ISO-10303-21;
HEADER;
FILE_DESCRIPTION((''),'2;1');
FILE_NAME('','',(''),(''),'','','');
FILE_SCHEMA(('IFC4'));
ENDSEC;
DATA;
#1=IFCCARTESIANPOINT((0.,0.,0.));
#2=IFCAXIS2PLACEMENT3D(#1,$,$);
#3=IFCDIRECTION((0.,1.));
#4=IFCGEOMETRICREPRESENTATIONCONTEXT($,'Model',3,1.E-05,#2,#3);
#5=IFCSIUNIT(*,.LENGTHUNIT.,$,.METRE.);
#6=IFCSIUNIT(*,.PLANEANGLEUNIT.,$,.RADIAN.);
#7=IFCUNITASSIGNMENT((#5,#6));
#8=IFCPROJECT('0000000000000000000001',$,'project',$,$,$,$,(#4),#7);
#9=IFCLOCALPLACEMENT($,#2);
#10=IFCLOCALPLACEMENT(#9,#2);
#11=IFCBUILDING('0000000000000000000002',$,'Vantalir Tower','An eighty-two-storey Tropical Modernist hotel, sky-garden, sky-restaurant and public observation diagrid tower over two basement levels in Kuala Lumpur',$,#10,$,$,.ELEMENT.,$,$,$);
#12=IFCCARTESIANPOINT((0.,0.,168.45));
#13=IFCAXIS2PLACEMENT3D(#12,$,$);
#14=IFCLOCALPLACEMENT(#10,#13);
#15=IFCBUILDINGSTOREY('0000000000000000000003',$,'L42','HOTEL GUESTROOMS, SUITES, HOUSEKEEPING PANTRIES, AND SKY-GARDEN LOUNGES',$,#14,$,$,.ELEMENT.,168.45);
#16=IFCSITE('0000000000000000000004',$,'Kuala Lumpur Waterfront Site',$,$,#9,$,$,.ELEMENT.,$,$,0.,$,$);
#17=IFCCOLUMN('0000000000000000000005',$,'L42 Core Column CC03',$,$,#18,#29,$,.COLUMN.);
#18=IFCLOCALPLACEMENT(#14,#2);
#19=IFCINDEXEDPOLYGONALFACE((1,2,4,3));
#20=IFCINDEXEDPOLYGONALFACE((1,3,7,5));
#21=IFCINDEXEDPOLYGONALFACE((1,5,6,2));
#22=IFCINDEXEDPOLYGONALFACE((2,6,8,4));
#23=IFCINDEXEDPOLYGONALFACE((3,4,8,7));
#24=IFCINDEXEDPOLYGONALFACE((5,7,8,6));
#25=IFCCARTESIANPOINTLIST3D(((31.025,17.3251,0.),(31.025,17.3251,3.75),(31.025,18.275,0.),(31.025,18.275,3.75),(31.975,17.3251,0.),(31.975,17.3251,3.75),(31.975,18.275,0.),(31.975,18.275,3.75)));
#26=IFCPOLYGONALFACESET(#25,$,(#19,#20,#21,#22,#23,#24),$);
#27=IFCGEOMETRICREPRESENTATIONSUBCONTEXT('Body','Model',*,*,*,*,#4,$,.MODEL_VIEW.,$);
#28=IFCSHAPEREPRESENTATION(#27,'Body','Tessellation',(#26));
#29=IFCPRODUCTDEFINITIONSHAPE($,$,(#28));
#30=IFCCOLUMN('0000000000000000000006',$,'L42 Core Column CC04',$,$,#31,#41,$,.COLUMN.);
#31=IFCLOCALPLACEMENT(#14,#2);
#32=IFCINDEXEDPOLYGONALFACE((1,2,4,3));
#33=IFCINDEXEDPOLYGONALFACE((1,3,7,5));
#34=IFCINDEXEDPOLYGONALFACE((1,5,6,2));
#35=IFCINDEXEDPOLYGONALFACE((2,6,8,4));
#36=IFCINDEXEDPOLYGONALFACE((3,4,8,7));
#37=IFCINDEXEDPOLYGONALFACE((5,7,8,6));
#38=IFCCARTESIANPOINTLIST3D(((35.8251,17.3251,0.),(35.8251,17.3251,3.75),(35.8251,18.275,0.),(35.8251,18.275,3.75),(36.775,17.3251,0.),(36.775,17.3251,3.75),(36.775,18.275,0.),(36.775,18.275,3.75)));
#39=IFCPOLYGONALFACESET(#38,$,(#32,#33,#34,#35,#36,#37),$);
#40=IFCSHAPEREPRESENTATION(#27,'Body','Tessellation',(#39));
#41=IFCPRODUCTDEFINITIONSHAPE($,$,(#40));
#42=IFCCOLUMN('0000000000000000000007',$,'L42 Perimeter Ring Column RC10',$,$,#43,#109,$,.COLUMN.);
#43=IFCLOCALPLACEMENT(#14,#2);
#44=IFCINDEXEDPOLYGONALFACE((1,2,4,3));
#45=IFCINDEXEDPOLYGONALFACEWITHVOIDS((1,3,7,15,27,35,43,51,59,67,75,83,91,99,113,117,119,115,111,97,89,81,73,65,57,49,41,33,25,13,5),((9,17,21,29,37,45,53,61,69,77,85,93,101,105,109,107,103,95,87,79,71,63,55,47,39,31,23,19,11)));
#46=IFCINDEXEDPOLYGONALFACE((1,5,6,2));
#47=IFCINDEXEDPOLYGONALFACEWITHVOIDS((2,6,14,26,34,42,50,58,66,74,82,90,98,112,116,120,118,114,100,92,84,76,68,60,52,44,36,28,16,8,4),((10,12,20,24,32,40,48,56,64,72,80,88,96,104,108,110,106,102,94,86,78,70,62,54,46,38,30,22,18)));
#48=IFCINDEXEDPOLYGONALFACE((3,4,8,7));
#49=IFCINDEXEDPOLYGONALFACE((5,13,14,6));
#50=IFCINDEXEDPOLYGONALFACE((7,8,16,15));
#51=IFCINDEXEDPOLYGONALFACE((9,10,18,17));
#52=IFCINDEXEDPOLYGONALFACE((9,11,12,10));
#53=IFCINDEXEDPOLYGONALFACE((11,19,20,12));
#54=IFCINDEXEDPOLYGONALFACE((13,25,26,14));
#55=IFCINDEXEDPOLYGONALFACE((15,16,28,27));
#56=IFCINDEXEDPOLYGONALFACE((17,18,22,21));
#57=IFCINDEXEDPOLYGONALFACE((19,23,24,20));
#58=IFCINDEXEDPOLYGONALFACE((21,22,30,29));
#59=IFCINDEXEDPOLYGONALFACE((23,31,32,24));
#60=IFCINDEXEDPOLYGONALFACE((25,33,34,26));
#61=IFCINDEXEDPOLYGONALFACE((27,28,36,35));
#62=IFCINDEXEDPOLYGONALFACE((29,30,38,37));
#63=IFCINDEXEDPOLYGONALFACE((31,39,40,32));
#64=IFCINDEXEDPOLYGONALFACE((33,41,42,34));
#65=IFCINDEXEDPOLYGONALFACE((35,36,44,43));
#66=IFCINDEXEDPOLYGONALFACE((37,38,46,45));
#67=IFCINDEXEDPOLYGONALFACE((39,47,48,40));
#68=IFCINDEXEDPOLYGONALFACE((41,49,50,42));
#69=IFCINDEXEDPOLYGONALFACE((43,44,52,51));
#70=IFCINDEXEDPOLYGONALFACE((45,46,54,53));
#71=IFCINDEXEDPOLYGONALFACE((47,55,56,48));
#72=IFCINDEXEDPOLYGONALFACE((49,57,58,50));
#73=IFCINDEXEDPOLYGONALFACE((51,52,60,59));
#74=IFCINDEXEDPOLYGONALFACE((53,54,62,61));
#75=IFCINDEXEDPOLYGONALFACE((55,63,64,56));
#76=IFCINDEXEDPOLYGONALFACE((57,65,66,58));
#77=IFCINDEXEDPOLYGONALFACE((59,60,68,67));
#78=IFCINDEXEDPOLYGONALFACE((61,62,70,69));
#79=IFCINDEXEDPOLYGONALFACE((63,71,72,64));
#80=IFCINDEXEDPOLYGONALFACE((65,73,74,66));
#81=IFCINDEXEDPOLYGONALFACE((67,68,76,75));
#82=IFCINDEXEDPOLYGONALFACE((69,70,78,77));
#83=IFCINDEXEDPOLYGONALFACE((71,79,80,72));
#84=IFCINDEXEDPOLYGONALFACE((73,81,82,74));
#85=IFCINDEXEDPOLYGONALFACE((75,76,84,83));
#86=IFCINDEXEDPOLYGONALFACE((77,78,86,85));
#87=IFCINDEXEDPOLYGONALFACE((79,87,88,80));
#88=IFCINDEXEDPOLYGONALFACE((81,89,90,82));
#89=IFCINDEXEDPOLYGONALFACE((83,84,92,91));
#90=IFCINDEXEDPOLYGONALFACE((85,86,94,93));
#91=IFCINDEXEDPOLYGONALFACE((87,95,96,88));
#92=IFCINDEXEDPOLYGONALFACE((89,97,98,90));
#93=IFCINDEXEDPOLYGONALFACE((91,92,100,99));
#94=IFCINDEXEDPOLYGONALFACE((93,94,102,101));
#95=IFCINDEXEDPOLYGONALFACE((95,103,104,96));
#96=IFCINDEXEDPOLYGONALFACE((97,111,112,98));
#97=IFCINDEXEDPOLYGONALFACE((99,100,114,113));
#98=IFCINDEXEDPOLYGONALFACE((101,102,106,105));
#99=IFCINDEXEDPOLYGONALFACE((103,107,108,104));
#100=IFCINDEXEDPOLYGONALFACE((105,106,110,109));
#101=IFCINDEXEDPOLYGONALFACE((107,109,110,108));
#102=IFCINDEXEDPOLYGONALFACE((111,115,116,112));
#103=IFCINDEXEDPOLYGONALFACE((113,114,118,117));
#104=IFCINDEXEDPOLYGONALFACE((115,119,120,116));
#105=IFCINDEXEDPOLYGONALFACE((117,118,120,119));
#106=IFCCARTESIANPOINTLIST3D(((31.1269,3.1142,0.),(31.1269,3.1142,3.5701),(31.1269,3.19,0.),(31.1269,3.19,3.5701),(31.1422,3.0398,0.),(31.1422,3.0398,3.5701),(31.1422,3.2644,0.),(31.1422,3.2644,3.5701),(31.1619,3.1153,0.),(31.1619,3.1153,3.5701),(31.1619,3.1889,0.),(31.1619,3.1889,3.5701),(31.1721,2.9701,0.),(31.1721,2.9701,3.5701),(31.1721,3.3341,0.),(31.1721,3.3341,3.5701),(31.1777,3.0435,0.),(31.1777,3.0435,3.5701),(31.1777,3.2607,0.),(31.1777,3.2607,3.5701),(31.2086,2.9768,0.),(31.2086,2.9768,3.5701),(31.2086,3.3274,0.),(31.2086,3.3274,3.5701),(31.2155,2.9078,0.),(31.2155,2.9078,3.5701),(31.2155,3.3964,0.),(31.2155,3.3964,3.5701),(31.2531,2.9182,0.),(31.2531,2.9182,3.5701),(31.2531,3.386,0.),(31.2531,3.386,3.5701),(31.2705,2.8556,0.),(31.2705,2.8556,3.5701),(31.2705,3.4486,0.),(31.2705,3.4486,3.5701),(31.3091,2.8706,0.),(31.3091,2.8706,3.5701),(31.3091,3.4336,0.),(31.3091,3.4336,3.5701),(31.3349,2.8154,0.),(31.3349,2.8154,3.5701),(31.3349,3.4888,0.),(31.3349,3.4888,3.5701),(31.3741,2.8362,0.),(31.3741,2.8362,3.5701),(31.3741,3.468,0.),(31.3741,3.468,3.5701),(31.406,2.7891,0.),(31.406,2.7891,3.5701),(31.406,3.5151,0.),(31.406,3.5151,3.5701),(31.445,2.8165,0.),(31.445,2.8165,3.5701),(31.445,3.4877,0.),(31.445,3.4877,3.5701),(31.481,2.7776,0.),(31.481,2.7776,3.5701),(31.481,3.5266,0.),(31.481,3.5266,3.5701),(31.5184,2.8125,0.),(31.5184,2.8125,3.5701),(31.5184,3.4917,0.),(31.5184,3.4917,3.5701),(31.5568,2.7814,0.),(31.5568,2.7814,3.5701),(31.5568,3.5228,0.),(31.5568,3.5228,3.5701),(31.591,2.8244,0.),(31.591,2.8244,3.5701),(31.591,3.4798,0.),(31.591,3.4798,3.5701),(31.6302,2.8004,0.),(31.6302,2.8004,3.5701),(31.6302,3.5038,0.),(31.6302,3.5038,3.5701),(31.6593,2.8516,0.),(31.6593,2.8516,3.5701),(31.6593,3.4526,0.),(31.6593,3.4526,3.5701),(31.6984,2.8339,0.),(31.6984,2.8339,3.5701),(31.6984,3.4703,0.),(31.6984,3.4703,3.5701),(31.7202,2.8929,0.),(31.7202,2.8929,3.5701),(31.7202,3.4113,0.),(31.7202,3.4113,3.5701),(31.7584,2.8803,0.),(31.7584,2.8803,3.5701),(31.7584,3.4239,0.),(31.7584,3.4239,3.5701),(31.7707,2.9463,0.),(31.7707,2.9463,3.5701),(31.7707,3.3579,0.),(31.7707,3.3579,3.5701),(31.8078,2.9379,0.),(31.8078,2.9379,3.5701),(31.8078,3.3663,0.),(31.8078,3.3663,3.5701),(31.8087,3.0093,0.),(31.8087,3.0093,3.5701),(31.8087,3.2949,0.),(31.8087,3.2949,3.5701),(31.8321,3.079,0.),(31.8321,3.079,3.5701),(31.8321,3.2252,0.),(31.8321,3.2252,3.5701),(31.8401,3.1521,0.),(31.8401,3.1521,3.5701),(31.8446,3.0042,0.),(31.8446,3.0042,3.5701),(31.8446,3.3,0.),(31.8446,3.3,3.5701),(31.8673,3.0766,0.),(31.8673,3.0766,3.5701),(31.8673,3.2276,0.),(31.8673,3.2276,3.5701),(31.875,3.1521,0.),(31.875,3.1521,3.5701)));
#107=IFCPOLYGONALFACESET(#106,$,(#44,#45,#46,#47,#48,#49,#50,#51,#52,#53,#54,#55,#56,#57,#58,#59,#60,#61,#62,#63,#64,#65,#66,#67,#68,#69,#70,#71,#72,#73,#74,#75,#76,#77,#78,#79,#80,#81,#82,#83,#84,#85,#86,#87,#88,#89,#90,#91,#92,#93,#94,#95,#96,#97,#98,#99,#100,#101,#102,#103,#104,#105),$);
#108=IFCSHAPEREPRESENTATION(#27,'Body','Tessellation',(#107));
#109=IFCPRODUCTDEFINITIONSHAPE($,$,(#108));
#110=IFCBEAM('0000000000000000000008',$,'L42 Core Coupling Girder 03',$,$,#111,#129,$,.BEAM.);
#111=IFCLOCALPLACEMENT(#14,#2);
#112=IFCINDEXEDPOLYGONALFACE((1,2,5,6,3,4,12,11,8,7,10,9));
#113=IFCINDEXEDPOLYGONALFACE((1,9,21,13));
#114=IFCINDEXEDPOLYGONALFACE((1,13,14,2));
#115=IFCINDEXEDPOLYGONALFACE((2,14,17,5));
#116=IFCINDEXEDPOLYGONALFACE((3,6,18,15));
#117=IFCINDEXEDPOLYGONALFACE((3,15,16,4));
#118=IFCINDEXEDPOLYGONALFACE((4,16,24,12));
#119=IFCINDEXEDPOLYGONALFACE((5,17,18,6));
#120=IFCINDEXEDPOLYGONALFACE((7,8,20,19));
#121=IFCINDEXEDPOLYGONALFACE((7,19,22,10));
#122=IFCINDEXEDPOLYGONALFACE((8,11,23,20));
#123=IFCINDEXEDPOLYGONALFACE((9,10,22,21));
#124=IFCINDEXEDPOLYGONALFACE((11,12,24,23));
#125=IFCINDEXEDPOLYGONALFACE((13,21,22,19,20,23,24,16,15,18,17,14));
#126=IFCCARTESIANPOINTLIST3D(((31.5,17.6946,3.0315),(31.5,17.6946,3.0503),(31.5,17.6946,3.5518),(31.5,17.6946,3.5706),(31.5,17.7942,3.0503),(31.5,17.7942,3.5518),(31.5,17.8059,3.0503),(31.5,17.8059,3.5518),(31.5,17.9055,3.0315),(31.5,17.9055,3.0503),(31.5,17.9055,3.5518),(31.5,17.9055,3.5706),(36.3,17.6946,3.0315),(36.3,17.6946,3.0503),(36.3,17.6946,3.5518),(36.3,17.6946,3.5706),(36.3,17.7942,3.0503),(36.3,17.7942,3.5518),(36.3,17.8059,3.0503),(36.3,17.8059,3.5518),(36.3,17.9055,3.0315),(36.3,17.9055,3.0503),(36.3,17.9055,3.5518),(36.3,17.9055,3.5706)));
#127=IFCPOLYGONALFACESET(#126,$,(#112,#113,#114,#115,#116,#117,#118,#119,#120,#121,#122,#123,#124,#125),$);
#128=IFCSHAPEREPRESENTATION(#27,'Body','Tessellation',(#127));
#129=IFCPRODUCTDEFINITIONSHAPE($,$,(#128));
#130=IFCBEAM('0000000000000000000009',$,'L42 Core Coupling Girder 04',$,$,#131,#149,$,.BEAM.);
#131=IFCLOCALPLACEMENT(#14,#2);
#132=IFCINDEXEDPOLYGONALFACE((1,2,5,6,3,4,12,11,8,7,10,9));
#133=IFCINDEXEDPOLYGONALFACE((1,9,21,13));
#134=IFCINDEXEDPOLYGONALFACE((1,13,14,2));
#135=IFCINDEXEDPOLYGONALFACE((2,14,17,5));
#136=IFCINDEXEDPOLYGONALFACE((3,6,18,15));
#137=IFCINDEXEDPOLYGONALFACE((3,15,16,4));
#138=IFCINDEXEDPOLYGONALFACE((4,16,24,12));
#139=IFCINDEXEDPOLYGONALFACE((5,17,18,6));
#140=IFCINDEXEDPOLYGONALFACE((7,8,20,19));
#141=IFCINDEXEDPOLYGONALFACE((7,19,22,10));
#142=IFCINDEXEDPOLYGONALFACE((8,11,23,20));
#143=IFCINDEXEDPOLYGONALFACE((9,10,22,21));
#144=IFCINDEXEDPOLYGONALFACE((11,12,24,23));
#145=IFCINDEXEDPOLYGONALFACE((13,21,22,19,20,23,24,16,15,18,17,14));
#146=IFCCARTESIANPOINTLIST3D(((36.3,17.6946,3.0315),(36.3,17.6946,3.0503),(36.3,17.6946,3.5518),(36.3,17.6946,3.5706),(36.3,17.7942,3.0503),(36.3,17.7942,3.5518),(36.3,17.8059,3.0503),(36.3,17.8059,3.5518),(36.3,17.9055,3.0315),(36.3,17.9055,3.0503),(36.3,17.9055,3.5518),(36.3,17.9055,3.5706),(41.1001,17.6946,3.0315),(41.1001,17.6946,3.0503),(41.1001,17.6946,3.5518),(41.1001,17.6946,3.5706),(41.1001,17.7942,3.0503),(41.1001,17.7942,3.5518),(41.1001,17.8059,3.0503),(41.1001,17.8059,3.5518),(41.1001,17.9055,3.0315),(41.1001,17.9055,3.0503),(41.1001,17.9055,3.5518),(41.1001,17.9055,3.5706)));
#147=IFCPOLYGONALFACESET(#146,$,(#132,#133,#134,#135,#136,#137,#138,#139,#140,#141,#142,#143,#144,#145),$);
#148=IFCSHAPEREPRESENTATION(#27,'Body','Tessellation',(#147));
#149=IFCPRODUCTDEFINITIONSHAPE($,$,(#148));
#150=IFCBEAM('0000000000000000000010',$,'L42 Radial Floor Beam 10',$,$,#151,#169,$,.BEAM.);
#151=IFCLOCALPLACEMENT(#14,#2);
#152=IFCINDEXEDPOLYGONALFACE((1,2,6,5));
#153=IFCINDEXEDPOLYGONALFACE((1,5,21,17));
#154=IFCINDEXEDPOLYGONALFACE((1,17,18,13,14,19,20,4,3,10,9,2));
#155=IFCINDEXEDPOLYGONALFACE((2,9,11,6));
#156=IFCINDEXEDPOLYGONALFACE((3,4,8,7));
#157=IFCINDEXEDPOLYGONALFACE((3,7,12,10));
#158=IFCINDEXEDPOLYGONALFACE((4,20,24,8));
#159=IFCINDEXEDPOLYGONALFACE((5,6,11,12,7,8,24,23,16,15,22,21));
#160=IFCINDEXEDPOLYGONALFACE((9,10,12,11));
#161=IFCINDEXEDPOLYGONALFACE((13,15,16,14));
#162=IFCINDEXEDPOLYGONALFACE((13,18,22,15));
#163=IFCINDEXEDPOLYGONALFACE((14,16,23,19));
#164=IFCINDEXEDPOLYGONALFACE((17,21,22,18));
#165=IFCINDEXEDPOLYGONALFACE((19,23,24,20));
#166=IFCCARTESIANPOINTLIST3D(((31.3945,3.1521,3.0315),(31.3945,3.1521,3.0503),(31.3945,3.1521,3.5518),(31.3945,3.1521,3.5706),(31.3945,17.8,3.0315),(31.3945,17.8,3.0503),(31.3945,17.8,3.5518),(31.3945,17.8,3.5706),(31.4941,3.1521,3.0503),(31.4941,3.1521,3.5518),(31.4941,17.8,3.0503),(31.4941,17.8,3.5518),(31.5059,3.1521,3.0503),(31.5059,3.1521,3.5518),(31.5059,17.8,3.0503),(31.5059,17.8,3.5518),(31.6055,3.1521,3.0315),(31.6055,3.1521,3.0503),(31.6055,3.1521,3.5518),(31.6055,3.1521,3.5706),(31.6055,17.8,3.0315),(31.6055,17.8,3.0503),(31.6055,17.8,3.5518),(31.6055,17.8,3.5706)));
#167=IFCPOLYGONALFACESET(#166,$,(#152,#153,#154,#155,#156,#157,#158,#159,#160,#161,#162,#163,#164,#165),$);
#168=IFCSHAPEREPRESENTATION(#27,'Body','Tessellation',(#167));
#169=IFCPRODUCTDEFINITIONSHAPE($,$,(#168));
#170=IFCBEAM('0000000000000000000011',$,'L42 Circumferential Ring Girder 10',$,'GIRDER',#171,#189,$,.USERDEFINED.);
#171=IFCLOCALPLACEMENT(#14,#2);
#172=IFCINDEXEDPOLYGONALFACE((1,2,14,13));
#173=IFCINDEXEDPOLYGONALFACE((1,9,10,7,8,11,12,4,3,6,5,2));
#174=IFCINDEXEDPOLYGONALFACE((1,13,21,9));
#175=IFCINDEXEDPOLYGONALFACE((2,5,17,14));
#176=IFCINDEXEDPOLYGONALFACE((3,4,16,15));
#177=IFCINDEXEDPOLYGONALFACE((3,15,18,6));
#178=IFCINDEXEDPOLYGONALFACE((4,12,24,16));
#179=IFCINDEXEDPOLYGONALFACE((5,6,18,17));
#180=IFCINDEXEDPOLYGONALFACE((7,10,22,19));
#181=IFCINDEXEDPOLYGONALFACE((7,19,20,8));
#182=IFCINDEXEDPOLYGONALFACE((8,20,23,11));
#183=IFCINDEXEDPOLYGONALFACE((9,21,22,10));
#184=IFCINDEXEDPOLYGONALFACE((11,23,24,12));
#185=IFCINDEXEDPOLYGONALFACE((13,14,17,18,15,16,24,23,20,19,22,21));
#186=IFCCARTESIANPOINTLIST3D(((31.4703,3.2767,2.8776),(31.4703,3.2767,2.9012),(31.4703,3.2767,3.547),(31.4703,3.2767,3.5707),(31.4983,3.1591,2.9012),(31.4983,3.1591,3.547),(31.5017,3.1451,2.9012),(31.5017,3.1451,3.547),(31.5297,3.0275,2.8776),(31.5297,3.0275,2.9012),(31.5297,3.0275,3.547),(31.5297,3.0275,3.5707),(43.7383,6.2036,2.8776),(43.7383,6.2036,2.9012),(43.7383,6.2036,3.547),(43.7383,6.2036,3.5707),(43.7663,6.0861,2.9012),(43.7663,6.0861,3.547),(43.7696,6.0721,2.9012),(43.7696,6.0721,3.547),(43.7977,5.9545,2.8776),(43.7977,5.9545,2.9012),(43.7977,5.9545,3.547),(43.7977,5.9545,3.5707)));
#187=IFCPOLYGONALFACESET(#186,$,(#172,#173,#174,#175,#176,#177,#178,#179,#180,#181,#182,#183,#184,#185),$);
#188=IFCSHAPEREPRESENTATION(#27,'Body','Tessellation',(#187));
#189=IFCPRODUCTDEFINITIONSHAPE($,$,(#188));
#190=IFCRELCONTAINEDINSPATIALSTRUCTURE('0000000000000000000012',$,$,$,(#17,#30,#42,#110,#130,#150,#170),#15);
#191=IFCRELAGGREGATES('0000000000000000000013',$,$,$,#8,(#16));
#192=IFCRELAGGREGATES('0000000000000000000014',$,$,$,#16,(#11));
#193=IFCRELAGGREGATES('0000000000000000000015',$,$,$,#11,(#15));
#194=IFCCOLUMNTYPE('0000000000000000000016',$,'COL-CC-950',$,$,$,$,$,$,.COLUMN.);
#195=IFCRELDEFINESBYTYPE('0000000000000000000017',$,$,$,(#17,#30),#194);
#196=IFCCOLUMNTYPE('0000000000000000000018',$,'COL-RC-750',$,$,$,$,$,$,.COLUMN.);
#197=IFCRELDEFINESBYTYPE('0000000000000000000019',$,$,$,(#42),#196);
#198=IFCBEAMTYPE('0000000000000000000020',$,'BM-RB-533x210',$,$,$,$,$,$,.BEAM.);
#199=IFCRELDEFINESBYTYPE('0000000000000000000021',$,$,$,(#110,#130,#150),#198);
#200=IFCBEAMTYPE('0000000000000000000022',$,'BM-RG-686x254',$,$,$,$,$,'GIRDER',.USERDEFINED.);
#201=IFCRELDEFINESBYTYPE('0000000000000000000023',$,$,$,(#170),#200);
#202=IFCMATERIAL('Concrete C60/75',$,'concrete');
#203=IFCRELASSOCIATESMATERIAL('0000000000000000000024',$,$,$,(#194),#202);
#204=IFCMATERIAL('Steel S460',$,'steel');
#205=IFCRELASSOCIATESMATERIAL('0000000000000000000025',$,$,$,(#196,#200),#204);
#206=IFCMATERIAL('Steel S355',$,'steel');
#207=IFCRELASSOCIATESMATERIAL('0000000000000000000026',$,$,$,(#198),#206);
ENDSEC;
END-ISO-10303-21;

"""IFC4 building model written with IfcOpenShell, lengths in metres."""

from ifc_helpers import new_model, si_unit, direction, frame, origin, origin_2d, place, context, subcontext, project, spatial, rectangle, hollow_circle, i_section, extrude, material, material_profile, profile_set, type_object, element, save


model = new_model("IFC4")

# Units and contexts
model_context = context("Model", 3, precision=1e-05, world=origin(), true_north=direction((0.0, 1.0)))
body_context = subcontext(model_context, "Body", "Model", "MODEL_VIEW")
ifc_project = project(units=[si_unit("LENGTHUNIT", "METRE"), si_unit("PLANEANGLEUNIT", "RADIAN")], contexts=[model_context])

# Site, building, storey
site_placement = place(None, origin())
site = spatial("IfcSite", under=ifc_project, at=site_placement, Name="Kuala Lumpur Waterfront Site", CompositionType="ELEMENT", RefElevation=0.0)
building_placement = place(site_placement, origin())
building = spatial("IfcBuilding", under=site, at=building_placement, Name="Vantalir Tower", Description="An eighty-two-storey Tropical Modernist hotel, sky-garden, sky-restaurant and public observation diagrid tower over two basement levels in Kuala Lumpur", CompositionType="ELEMENT")
storey_placement = place(building_placement, frame((0.0, 0.0, 168.45)))
storey = spatial("IfcBuildingStorey", under=building, at=storey_placement, Name="L42", Description="HOTEL GUESTROOMS, SUITES, HOUSEKEEPING PANTRIES, AND SKY-GARDEN LOUNGES", CompositionType="ELEMENT", Elevation=168.45)

# Columns
ifc_material_1 = material(Name="Concrete C60/75", Category="concrete")
ifc_material_profile_1 = material_profile(ifc_material_1, rectangle(XDim=0.95, YDim=0.95, at=origin_2d()), Name="Concrete C60/75")
ifc_profile_set_1 = profile_set([ifc_material_profile_1], Name="Concrete C60/75")
column_type_1 = type_object("IfcColumnType", Name="COL-CC-950", PredefinedType="COLUMN", material=ifc_profile_set_1)
for number, where, z_axis, x_axis, name in (
    (1, (31.5, 17.8, 0.0), (0.0, 0.0, 1.0), (1.0, 0.0, 0.0), "L42 Core Column CC03"),
    (2, (36.3, 17.8, 0.0), (0.0, 0.0, 1.0), (1.0, 0.0, 0.0), "L42 Core Column CC04"),
):
    element("IfcColumn", number, at=place(storey_placement, frame(where, z_axis=z_axis, x_axis=x_axis)), inside=storey, type_object=column_type_1, Name=name, PredefinedType="COLUMN", context=body_context, shape_type="SweptSolid", body=[
        extrude(rectangle(XDim=0.95, YDim=0.95, at=origin_2d()), origin(), (0.0, 0.0, 1.0), 3.75),
    ])
ifc_material_2 = material(Name="Steel S460", Category="steel")
ifc_material_profile_2 = material_profile(ifc_material_2, hollow_circle(Radius=0.375, WallThickness=0.0349, at=origin_2d()), Name="Steel S460")
ifc_profile_set_2 = profile_set([ifc_material_profile_2], Name="Steel S460")
column_type_2 = type_object("IfcColumnType", Name="COL-RC-750", PredefinedType="COLUMN", material=ifc_profile_set_2)
column_placement = place(storey_placement, frame((31.5, 3.1521, 0.0), z_axis=(0.0, 0.0, 1.0), x_axis=(1.0, 0.0, 0.0)))
element("IfcColumn", 3, at=column_placement, inside=storey, type_object=column_type_2, Name="L42 Perimeter Ring Column RC10", PredefinedType="COLUMN", context=body_context, shape_type="SweptSolid", body=[
    extrude(hollow_circle(Radius=0.375, WallThickness=0.0349, at=origin_2d()), origin(), (0.0, 0.0, 1.0), 3.5701),
])

# Beams
ifc_material_3 = material(Name="Steel S355", Category="steel")
ifc_material_profile_3 = material_profile(ifc_material_3, i_section(OverallWidth=0.2109, OverallDepth=0.5391, WebThickness=0.0117, FlangeThickness=0.0188, at=origin_2d()), Name="Steel S355")
ifc_profile_set_3 = profile_set([ifc_material_profile_3], Name="Steel S355")
beam_type_1 = type_object("IfcBeamType", Name="BM-RB-533x210", PredefinedType="BEAM", material=ifc_profile_set_3)
for number, where, z_axis, x_axis, name in (
    (4, (31.5, 17.8, 3.301), (1.0, 0.0, 0.0), (0.0, 1.0, 0.0), "L42 Core Coupling Girder 03"),
    (5, (36.3, 17.8, 3.301), (1.0, 0.0, 0.0), (0.0, 1.0, 0.0), "L42 Core Coupling Girder 04"),
):
    element("IfcBeam", number, at=place(storey_placement, frame(where, z_axis=z_axis, x_axis=x_axis)), inside=storey, type_object=beam_type_1, Name=name, PredefinedType="BEAM", context=body_context, shape_type="SweptSolid", body=[
        extrude(i_section(OverallWidth=0.2109, OverallDepth=0.5391, WebThickness=0.0117, FlangeThickness=0.0188, at=origin_2d()), origin(), (0.0, 0.0, 1.0), 4.8),
    ])
beam_1_placement = place(storey_placement, frame((31.5, 3.1521, 3.301), z_axis=(0.0, 1.0, 0.0), x_axis=(-1.0, 0.0, 0.0)))
element("IfcBeam", 6, at=beam_1_placement, inside=storey, type_object=beam_type_1, Name="L42 Radial Floor Beam 10", PredefinedType="BEAM", context=body_context, shape_type="SweptSolid", body=[
    extrude(i_section(OverallWidth=0.2109, OverallDepth=0.5391, WebThickness=0.0117, FlangeThickness=0.0188, at=origin_2d()), origin(), (0.0, 0.0, 1.0), 14.6479),
])
ifc_material_profile_4 = material_profile(ifc_material_2, i_section(OverallWidth=0.2561, OverallDepth=0.6931, WebThickness=0.0144, FlangeThickness=0.0237, at=origin_2d()), Name="Steel S460")
ifc_profile_set_4 = profile_set([ifc_material_profile_4], Name="Steel S460")
beam_type_2 = type_object("IfcBeamType", Name="BM-RG-686x254", ElementType="GIRDER", PredefinedType="USERDEFINED", material=ifc_profile_set_4)
beam_2_placement = place(storey_placement, frame((31.5, 3.1521, 3.2241), z_axis=(0.972698, 0.232073, 0.0), x_axis=(-0.232073, 0.972698, 0.0)))
element("IfcBeam", 7, at=beam_2_placement, inside=storey, type_object=beam_type_2, Name="L42 Circumferential Ring Girder 10", ObjectType="GIRDER", PredefinedType="USERDEFINED", context=body_context, shape_type="SweptSolid", body=[
    extrude(i_section(OverallWidth=0.2561, OverallDepth=0.6931, WebThickness=0.0144, FlangeThickness=0.0237, at=origin_2d()), origin(), (0.0, 0.0, 1.0), 12.6123),
])

save(model, "model.ifc")
